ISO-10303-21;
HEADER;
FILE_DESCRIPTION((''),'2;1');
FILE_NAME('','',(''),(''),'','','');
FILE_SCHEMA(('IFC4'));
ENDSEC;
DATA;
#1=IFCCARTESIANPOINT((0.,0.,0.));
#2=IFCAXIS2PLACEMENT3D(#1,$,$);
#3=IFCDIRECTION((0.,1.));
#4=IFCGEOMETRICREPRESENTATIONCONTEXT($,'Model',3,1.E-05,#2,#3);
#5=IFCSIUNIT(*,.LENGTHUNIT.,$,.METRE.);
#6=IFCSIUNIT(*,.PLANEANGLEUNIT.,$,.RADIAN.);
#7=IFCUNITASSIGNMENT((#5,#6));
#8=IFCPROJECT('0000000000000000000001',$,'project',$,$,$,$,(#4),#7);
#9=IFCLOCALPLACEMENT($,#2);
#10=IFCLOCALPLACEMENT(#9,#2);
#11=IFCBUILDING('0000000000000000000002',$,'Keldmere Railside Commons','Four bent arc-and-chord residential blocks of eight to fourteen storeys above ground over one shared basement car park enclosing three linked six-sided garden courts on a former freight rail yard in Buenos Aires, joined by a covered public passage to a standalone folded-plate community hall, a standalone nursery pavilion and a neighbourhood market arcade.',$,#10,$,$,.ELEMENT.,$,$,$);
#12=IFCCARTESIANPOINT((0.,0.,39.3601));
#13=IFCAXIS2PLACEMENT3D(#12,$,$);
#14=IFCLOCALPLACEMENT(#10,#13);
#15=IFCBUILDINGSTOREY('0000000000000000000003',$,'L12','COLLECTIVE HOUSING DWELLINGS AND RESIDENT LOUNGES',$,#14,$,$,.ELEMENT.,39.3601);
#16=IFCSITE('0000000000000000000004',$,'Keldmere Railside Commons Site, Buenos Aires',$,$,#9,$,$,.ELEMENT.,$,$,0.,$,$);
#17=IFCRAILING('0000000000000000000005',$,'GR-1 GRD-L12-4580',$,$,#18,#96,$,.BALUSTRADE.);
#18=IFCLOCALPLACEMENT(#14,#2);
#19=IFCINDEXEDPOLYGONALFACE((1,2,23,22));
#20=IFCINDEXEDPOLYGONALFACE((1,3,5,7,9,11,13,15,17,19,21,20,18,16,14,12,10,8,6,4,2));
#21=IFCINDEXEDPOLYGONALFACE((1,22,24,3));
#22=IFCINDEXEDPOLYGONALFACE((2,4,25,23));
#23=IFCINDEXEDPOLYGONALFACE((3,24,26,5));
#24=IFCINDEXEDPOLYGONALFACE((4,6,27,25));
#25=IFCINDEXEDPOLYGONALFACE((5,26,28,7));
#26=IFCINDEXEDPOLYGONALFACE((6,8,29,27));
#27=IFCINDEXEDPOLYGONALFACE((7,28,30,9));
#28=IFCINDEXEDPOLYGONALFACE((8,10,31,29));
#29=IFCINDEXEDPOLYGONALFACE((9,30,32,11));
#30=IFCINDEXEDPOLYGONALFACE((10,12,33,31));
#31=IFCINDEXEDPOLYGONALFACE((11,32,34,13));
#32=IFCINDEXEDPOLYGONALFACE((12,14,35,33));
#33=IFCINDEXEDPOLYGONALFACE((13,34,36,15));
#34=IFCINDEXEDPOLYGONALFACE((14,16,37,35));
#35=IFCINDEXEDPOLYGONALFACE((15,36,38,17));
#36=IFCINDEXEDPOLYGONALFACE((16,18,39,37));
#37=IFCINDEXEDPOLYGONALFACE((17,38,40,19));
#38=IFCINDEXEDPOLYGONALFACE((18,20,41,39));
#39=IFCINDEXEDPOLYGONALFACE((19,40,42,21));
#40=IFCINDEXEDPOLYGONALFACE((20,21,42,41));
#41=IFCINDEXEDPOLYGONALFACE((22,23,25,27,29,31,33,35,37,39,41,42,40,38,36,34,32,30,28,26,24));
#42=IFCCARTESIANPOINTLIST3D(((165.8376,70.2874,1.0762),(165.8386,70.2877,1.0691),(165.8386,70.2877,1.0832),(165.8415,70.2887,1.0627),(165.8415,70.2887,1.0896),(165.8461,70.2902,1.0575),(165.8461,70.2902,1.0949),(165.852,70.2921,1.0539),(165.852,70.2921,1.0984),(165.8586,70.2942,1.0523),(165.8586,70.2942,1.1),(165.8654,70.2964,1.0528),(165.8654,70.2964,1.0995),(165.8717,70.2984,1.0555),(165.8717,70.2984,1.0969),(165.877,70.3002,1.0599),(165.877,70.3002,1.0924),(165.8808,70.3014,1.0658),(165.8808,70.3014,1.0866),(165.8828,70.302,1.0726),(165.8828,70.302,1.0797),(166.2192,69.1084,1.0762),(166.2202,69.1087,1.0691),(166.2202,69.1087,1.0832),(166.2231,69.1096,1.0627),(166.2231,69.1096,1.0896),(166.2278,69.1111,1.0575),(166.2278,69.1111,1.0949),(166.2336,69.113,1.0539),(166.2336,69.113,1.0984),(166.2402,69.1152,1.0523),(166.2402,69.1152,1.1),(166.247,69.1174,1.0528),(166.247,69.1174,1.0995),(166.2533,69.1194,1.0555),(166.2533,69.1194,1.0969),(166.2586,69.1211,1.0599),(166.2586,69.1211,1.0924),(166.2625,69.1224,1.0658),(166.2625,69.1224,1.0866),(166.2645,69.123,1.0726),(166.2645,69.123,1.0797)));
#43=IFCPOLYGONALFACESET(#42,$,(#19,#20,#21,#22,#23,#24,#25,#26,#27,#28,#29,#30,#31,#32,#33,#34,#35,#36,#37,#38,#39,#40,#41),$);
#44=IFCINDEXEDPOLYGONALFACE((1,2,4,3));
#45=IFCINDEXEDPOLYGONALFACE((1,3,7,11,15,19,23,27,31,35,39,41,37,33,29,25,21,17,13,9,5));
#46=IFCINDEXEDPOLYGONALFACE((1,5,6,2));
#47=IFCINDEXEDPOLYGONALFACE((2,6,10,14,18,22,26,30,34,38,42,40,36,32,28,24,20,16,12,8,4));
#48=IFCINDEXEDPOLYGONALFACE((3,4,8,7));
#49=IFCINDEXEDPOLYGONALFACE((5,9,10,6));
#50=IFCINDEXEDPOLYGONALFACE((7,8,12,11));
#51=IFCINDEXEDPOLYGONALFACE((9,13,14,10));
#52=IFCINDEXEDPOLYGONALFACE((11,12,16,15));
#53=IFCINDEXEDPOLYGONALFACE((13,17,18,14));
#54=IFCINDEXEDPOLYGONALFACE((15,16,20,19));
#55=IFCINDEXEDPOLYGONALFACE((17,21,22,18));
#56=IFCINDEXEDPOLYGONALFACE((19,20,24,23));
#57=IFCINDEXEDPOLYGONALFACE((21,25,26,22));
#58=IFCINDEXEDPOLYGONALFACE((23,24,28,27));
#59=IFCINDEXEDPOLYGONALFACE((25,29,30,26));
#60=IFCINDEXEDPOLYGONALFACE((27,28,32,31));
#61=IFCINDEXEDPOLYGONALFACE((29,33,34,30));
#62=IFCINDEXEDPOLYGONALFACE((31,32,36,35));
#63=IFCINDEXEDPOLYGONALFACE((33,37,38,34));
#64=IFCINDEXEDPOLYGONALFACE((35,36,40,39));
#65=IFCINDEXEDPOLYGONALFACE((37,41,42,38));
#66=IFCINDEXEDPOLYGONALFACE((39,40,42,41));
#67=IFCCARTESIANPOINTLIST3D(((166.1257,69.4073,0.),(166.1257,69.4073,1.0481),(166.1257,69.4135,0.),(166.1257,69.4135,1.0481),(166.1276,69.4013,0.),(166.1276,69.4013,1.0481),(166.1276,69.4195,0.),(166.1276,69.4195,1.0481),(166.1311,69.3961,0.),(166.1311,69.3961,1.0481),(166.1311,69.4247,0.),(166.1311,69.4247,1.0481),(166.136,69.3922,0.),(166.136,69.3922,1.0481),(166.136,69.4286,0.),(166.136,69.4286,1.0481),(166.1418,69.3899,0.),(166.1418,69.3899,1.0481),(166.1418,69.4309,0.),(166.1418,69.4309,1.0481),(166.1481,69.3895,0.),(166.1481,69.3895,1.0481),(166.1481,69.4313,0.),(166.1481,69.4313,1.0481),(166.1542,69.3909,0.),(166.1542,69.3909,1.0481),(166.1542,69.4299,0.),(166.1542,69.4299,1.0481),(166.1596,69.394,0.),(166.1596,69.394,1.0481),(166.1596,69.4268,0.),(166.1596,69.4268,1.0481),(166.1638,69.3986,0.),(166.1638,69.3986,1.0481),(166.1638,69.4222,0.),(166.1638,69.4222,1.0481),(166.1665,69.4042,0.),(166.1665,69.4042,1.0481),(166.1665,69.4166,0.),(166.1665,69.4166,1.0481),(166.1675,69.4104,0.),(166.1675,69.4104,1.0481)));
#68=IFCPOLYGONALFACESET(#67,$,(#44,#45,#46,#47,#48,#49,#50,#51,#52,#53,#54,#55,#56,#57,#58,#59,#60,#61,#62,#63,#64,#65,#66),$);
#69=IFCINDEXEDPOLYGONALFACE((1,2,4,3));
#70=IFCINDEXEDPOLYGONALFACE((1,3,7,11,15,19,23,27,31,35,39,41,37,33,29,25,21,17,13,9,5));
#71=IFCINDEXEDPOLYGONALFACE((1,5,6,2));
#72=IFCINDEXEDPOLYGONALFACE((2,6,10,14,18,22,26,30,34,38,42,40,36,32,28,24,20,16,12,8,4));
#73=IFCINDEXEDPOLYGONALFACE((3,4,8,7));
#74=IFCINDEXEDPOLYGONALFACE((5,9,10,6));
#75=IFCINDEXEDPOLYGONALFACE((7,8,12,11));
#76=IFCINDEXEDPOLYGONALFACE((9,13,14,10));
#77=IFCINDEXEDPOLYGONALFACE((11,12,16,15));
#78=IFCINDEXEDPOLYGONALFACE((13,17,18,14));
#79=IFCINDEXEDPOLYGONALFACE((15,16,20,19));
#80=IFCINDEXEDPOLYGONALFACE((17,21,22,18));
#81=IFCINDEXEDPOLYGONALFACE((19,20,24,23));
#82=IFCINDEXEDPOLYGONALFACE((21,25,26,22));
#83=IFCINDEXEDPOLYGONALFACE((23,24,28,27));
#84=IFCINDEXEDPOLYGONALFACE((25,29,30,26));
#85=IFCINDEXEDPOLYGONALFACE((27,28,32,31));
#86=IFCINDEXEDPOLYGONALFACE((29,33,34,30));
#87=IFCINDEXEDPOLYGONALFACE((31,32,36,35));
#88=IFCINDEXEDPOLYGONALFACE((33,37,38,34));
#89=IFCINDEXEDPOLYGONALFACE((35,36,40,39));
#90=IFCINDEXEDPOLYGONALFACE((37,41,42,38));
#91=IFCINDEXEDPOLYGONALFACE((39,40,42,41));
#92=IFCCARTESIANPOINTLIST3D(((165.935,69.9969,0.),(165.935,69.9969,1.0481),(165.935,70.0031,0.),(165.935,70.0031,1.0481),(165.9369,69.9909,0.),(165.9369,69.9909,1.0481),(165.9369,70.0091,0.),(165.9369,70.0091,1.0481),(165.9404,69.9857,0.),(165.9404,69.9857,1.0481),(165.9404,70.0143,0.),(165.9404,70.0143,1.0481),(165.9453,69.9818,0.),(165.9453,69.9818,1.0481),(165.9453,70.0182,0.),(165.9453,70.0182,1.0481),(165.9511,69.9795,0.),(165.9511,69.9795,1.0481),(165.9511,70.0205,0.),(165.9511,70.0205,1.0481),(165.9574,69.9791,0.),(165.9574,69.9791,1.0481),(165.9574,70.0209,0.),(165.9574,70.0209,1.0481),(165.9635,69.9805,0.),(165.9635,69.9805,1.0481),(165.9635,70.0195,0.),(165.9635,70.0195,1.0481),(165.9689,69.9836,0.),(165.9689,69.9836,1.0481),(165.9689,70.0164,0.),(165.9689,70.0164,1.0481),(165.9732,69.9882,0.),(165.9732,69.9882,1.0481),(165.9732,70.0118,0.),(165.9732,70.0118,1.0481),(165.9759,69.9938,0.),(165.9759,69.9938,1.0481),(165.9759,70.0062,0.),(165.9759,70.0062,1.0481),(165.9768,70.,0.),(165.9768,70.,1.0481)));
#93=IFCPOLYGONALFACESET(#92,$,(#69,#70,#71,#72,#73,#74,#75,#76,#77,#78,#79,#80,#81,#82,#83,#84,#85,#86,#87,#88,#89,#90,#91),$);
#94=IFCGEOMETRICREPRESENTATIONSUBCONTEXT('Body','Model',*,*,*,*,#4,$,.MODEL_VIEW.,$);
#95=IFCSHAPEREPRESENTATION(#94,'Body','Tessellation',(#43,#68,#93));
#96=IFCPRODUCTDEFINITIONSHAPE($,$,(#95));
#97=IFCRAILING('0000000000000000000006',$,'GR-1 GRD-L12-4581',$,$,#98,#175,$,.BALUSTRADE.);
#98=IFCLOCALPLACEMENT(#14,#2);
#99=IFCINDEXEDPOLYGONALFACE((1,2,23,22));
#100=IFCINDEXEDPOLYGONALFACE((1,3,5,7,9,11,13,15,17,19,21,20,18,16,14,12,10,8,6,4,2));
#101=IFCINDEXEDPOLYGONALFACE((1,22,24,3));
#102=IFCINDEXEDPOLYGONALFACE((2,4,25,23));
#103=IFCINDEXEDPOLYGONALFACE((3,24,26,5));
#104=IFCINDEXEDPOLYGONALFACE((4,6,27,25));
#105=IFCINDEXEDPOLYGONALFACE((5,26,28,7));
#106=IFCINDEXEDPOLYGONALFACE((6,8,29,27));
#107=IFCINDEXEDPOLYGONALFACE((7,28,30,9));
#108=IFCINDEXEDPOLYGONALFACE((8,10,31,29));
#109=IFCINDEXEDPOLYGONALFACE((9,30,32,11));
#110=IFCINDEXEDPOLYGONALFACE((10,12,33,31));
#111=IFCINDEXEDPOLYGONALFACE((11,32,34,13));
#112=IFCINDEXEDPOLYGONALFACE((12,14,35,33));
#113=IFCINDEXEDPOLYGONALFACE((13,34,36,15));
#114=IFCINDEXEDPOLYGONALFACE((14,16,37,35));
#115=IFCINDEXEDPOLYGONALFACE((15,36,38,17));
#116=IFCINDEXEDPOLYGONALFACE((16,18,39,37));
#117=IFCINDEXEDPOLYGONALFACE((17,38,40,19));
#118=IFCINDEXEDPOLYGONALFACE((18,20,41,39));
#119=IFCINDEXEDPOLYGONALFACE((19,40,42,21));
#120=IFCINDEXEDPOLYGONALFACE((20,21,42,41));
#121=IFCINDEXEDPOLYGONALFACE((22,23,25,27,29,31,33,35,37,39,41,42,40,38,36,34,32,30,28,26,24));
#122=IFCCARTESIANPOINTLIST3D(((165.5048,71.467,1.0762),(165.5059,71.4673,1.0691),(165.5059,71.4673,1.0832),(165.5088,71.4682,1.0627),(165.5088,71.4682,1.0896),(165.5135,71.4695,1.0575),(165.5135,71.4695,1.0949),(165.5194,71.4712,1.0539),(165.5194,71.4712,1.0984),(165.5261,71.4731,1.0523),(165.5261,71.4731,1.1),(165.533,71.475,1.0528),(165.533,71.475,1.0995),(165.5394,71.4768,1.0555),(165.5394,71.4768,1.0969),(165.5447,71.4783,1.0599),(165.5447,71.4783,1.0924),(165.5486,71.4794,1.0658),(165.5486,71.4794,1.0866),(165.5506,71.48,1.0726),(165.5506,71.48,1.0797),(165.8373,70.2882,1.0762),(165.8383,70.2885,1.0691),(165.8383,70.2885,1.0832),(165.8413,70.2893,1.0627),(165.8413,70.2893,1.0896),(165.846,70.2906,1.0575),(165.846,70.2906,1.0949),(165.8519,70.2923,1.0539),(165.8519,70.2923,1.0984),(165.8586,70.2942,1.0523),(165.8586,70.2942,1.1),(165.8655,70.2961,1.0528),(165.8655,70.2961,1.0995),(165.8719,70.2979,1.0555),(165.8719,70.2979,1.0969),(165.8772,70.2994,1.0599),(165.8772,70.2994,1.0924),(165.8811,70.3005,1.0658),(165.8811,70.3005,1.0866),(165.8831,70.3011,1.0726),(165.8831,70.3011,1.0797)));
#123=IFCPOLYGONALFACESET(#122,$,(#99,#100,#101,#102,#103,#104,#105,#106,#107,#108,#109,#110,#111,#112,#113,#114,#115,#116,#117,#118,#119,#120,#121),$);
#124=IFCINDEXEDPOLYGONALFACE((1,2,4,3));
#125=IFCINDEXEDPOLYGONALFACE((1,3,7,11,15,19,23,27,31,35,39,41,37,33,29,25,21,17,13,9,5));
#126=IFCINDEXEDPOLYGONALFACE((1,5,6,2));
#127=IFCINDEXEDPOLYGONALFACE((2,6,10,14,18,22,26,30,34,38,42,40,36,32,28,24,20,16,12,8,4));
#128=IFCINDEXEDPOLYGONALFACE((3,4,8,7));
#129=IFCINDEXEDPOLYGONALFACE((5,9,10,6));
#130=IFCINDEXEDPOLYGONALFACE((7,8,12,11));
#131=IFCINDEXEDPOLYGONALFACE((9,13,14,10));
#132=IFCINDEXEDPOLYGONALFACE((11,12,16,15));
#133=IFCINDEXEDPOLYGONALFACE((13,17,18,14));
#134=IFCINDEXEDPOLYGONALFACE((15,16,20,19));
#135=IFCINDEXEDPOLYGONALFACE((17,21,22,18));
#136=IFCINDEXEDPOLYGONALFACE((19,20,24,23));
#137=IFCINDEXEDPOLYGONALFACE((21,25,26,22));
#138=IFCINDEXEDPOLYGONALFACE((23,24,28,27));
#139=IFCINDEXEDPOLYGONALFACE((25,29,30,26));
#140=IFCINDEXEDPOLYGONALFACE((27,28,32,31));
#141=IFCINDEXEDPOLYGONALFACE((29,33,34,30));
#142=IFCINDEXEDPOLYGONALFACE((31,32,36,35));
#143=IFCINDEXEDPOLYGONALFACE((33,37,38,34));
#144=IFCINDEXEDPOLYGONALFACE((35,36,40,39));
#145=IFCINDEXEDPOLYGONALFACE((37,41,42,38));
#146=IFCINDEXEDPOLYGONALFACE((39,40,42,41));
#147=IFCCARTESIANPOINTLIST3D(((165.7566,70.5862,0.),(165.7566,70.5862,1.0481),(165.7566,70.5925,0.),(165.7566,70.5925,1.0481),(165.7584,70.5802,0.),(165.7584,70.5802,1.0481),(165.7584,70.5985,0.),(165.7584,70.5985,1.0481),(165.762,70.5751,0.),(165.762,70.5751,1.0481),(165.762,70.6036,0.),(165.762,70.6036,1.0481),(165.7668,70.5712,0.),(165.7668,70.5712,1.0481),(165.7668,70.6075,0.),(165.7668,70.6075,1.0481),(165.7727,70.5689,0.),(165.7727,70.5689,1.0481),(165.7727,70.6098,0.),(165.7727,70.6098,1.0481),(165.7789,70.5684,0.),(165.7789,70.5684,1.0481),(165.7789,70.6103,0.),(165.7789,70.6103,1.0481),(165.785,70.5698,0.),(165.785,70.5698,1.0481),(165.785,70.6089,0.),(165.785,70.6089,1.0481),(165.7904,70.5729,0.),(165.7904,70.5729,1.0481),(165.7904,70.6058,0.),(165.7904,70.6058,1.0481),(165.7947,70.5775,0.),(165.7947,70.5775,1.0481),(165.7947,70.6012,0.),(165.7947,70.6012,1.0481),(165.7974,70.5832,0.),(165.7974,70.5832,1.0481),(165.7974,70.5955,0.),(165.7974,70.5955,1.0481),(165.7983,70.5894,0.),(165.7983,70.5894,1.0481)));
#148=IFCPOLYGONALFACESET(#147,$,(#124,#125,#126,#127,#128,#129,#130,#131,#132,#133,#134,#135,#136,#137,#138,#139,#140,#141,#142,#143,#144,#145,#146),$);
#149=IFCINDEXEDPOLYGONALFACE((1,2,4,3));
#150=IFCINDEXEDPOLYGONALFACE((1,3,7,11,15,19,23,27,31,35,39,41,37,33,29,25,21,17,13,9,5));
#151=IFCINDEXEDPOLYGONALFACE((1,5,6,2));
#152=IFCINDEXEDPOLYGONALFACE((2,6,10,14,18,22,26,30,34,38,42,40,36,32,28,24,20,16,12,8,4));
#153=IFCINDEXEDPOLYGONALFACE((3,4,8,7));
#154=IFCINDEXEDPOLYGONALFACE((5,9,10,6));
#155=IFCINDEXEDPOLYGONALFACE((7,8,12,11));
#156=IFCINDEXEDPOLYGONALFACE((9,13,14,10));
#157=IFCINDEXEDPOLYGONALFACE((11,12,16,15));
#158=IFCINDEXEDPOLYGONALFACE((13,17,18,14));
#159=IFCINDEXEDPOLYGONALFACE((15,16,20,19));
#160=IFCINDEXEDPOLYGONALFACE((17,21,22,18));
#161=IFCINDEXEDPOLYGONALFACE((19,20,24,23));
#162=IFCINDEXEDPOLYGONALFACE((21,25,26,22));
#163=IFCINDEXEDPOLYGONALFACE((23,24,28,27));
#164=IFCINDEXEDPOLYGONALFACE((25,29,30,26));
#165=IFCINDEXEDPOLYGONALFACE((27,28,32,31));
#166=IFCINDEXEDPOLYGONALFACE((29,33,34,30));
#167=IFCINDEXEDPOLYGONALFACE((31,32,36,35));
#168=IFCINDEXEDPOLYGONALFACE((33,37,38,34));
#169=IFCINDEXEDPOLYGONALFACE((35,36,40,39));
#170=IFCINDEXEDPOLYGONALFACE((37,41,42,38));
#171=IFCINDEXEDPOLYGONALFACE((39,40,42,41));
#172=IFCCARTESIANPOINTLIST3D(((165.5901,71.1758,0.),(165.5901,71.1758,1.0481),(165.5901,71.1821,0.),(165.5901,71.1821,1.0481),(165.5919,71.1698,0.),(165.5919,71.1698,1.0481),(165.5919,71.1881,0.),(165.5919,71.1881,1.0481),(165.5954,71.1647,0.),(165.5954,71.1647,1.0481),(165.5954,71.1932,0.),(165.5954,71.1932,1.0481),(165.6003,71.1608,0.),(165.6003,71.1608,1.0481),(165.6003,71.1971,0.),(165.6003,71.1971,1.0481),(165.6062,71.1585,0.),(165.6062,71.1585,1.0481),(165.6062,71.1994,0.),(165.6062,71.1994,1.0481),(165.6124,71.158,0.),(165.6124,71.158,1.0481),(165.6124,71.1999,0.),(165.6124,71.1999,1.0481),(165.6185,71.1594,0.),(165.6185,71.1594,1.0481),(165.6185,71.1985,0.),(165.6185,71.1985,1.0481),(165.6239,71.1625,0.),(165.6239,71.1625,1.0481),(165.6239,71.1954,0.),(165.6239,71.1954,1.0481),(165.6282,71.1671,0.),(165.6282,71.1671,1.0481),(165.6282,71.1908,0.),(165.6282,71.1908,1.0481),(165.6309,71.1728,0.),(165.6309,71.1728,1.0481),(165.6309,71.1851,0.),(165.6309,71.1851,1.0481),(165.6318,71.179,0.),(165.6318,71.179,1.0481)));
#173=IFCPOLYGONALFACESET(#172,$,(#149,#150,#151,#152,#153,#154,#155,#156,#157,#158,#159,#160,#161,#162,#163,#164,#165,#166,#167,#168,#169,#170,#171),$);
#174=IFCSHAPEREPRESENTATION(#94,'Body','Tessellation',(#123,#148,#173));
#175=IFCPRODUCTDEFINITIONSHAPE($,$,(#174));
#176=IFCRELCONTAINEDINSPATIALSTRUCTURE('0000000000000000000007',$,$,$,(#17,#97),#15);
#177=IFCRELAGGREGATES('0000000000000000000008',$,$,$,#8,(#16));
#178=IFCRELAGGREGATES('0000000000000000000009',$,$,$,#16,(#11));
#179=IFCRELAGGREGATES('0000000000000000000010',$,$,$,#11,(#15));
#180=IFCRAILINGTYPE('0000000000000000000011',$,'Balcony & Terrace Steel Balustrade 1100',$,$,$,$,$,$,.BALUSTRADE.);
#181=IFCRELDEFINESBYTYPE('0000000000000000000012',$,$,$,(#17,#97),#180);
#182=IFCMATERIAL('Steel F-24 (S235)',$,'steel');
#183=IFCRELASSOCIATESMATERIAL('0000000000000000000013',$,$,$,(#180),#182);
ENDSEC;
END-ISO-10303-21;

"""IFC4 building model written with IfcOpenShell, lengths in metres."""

from ifc_helpers import new_model, si_unit, direction, frame, origin, origin_2d, place, context, subcontext, project, spatial, circle, extrude, material, type_object, element, save


model = new_model("IFC4")

# Units and contexts
model_context = context("Model", 3, precision=1e-05, world=origin(), true_north=direction((0.0, 1.0)))
body_context = subcontext(model_context, "Body", "Model", "MODEL_VIEW")
ifc_project = project(units=[si_unit("LENGTHUNIT", "METRE"), si_unit("PLANEANGLEUNIT", "RADIAN")], contexts=[model_context])

# Site, building, storey
site_placement = place(None, origin())
site = spatial("IfcSite", under=ifc_project, at=site_placement, Name="Keldmere Railside Commons Site, Buenos Aires", CompositionType="ELEMENT", RefElevation=0.0)
building_placement = place(site_placement, origin())
building = spatial("IfcBuilding", under=site, at=building_placement, Name="Keldmere Railside Commons", Description="Four bent arc-and-chord residential blocks of eight to fourteen storeys above ground over one shared basement car park enclosing three linked six-sided garden courts on a former freight rail yard in Buenos Aires, joined by a covered public passage to a standalone folded-plate community hall, a standalone nursery pavilion and a neighbourhood market arcade.", CompositionType="ELEMENT")
storey_placement = place(building_placement, frame((0.0, 0.0, 39.3601)))
storey = spatial("IfcBuildingStorey", under=building, at=storey_placement, Name="L12", Description="COLLECTIVE HOUSING DWELLINGS AND RESIDENT LOUNGES", CompositionType="ELEMENT", Elevation=39.3601)

# Railings
ifc_material_1 = material(Name="Steel F-24 (S235)", Category="steel")
railing_type = type_object("IfcRailingType", Name="Balcony & Terrace Steel Balustrade 1100", PredefinedType="BALUSTRADE", material=ifc_material_1)
railing_1_placement = place(storey_placement, frame((166.2419, 69.1157, 0.0)))
element("IfcRailing", 1, at=railing_1_placement, inside=storey, type_object=railing_type, Name="GR-1 GRD-L12-4580", PredefinedType="BALUSTRADE", context=body_context, shape_type="SweptSolid", body=[
    extrude(circle(Radius=0.0239, at=origin_2d()), frame((0.0, 0.0, 1.0762), z_axis=(-0.307941, 0.951405, 0.0), x_axis=(-0.951405, -0.307941, 0.0)), (0.0, 0.0, 1.0), 1.2393),
    extrude(circle(Radius=0.021, at=origin_2d()), frame((-0.0955, 0.2947, 0.0)), (0.0, 0.0, 1.0), 1.0481),
    extrude(circle(Radius=0.021, at=origin_2d()), frame((-0.2861, 0.8843, 0.0)), (0.0, 0.0, 1.0), 1.0481),
])
railing_2_placement = place(storey_placement, frame((165.8604, 70.2947, 0.0)))
element("IfcRailing", 2, at=railing_2_placement, inside=storey, type_object=railing_type, Name="GR-1 GRD-L12-4581", PredefinedType="BALUSTRADE", context=body_context, shape_type="SweptSolid", body=[
    extrude(circle(Radius=0.0239, at=origin_2d()), frame((0.0, 0.0, 1.0762), z_axis=(-0.271455, 0.962451, 0.0), x_axis=(-0.962451, -0.271455, 0.0)), (0.0, 0.0, 1.0), 1.2249),
    extrude(circle(Radius=0.021, at=origin_2d()), frame((-0.083, 0.2947, 0.0)), (0.0, 0.0, 1.0), 1.0481),
    extrude(circle(Radius=0.021, at=origin_2d()), frame((-0.2495, 0.8843, 0.0)), (0.0, 0.0, 1.0), 1.0481),
])

save(model, "model.ifc")
